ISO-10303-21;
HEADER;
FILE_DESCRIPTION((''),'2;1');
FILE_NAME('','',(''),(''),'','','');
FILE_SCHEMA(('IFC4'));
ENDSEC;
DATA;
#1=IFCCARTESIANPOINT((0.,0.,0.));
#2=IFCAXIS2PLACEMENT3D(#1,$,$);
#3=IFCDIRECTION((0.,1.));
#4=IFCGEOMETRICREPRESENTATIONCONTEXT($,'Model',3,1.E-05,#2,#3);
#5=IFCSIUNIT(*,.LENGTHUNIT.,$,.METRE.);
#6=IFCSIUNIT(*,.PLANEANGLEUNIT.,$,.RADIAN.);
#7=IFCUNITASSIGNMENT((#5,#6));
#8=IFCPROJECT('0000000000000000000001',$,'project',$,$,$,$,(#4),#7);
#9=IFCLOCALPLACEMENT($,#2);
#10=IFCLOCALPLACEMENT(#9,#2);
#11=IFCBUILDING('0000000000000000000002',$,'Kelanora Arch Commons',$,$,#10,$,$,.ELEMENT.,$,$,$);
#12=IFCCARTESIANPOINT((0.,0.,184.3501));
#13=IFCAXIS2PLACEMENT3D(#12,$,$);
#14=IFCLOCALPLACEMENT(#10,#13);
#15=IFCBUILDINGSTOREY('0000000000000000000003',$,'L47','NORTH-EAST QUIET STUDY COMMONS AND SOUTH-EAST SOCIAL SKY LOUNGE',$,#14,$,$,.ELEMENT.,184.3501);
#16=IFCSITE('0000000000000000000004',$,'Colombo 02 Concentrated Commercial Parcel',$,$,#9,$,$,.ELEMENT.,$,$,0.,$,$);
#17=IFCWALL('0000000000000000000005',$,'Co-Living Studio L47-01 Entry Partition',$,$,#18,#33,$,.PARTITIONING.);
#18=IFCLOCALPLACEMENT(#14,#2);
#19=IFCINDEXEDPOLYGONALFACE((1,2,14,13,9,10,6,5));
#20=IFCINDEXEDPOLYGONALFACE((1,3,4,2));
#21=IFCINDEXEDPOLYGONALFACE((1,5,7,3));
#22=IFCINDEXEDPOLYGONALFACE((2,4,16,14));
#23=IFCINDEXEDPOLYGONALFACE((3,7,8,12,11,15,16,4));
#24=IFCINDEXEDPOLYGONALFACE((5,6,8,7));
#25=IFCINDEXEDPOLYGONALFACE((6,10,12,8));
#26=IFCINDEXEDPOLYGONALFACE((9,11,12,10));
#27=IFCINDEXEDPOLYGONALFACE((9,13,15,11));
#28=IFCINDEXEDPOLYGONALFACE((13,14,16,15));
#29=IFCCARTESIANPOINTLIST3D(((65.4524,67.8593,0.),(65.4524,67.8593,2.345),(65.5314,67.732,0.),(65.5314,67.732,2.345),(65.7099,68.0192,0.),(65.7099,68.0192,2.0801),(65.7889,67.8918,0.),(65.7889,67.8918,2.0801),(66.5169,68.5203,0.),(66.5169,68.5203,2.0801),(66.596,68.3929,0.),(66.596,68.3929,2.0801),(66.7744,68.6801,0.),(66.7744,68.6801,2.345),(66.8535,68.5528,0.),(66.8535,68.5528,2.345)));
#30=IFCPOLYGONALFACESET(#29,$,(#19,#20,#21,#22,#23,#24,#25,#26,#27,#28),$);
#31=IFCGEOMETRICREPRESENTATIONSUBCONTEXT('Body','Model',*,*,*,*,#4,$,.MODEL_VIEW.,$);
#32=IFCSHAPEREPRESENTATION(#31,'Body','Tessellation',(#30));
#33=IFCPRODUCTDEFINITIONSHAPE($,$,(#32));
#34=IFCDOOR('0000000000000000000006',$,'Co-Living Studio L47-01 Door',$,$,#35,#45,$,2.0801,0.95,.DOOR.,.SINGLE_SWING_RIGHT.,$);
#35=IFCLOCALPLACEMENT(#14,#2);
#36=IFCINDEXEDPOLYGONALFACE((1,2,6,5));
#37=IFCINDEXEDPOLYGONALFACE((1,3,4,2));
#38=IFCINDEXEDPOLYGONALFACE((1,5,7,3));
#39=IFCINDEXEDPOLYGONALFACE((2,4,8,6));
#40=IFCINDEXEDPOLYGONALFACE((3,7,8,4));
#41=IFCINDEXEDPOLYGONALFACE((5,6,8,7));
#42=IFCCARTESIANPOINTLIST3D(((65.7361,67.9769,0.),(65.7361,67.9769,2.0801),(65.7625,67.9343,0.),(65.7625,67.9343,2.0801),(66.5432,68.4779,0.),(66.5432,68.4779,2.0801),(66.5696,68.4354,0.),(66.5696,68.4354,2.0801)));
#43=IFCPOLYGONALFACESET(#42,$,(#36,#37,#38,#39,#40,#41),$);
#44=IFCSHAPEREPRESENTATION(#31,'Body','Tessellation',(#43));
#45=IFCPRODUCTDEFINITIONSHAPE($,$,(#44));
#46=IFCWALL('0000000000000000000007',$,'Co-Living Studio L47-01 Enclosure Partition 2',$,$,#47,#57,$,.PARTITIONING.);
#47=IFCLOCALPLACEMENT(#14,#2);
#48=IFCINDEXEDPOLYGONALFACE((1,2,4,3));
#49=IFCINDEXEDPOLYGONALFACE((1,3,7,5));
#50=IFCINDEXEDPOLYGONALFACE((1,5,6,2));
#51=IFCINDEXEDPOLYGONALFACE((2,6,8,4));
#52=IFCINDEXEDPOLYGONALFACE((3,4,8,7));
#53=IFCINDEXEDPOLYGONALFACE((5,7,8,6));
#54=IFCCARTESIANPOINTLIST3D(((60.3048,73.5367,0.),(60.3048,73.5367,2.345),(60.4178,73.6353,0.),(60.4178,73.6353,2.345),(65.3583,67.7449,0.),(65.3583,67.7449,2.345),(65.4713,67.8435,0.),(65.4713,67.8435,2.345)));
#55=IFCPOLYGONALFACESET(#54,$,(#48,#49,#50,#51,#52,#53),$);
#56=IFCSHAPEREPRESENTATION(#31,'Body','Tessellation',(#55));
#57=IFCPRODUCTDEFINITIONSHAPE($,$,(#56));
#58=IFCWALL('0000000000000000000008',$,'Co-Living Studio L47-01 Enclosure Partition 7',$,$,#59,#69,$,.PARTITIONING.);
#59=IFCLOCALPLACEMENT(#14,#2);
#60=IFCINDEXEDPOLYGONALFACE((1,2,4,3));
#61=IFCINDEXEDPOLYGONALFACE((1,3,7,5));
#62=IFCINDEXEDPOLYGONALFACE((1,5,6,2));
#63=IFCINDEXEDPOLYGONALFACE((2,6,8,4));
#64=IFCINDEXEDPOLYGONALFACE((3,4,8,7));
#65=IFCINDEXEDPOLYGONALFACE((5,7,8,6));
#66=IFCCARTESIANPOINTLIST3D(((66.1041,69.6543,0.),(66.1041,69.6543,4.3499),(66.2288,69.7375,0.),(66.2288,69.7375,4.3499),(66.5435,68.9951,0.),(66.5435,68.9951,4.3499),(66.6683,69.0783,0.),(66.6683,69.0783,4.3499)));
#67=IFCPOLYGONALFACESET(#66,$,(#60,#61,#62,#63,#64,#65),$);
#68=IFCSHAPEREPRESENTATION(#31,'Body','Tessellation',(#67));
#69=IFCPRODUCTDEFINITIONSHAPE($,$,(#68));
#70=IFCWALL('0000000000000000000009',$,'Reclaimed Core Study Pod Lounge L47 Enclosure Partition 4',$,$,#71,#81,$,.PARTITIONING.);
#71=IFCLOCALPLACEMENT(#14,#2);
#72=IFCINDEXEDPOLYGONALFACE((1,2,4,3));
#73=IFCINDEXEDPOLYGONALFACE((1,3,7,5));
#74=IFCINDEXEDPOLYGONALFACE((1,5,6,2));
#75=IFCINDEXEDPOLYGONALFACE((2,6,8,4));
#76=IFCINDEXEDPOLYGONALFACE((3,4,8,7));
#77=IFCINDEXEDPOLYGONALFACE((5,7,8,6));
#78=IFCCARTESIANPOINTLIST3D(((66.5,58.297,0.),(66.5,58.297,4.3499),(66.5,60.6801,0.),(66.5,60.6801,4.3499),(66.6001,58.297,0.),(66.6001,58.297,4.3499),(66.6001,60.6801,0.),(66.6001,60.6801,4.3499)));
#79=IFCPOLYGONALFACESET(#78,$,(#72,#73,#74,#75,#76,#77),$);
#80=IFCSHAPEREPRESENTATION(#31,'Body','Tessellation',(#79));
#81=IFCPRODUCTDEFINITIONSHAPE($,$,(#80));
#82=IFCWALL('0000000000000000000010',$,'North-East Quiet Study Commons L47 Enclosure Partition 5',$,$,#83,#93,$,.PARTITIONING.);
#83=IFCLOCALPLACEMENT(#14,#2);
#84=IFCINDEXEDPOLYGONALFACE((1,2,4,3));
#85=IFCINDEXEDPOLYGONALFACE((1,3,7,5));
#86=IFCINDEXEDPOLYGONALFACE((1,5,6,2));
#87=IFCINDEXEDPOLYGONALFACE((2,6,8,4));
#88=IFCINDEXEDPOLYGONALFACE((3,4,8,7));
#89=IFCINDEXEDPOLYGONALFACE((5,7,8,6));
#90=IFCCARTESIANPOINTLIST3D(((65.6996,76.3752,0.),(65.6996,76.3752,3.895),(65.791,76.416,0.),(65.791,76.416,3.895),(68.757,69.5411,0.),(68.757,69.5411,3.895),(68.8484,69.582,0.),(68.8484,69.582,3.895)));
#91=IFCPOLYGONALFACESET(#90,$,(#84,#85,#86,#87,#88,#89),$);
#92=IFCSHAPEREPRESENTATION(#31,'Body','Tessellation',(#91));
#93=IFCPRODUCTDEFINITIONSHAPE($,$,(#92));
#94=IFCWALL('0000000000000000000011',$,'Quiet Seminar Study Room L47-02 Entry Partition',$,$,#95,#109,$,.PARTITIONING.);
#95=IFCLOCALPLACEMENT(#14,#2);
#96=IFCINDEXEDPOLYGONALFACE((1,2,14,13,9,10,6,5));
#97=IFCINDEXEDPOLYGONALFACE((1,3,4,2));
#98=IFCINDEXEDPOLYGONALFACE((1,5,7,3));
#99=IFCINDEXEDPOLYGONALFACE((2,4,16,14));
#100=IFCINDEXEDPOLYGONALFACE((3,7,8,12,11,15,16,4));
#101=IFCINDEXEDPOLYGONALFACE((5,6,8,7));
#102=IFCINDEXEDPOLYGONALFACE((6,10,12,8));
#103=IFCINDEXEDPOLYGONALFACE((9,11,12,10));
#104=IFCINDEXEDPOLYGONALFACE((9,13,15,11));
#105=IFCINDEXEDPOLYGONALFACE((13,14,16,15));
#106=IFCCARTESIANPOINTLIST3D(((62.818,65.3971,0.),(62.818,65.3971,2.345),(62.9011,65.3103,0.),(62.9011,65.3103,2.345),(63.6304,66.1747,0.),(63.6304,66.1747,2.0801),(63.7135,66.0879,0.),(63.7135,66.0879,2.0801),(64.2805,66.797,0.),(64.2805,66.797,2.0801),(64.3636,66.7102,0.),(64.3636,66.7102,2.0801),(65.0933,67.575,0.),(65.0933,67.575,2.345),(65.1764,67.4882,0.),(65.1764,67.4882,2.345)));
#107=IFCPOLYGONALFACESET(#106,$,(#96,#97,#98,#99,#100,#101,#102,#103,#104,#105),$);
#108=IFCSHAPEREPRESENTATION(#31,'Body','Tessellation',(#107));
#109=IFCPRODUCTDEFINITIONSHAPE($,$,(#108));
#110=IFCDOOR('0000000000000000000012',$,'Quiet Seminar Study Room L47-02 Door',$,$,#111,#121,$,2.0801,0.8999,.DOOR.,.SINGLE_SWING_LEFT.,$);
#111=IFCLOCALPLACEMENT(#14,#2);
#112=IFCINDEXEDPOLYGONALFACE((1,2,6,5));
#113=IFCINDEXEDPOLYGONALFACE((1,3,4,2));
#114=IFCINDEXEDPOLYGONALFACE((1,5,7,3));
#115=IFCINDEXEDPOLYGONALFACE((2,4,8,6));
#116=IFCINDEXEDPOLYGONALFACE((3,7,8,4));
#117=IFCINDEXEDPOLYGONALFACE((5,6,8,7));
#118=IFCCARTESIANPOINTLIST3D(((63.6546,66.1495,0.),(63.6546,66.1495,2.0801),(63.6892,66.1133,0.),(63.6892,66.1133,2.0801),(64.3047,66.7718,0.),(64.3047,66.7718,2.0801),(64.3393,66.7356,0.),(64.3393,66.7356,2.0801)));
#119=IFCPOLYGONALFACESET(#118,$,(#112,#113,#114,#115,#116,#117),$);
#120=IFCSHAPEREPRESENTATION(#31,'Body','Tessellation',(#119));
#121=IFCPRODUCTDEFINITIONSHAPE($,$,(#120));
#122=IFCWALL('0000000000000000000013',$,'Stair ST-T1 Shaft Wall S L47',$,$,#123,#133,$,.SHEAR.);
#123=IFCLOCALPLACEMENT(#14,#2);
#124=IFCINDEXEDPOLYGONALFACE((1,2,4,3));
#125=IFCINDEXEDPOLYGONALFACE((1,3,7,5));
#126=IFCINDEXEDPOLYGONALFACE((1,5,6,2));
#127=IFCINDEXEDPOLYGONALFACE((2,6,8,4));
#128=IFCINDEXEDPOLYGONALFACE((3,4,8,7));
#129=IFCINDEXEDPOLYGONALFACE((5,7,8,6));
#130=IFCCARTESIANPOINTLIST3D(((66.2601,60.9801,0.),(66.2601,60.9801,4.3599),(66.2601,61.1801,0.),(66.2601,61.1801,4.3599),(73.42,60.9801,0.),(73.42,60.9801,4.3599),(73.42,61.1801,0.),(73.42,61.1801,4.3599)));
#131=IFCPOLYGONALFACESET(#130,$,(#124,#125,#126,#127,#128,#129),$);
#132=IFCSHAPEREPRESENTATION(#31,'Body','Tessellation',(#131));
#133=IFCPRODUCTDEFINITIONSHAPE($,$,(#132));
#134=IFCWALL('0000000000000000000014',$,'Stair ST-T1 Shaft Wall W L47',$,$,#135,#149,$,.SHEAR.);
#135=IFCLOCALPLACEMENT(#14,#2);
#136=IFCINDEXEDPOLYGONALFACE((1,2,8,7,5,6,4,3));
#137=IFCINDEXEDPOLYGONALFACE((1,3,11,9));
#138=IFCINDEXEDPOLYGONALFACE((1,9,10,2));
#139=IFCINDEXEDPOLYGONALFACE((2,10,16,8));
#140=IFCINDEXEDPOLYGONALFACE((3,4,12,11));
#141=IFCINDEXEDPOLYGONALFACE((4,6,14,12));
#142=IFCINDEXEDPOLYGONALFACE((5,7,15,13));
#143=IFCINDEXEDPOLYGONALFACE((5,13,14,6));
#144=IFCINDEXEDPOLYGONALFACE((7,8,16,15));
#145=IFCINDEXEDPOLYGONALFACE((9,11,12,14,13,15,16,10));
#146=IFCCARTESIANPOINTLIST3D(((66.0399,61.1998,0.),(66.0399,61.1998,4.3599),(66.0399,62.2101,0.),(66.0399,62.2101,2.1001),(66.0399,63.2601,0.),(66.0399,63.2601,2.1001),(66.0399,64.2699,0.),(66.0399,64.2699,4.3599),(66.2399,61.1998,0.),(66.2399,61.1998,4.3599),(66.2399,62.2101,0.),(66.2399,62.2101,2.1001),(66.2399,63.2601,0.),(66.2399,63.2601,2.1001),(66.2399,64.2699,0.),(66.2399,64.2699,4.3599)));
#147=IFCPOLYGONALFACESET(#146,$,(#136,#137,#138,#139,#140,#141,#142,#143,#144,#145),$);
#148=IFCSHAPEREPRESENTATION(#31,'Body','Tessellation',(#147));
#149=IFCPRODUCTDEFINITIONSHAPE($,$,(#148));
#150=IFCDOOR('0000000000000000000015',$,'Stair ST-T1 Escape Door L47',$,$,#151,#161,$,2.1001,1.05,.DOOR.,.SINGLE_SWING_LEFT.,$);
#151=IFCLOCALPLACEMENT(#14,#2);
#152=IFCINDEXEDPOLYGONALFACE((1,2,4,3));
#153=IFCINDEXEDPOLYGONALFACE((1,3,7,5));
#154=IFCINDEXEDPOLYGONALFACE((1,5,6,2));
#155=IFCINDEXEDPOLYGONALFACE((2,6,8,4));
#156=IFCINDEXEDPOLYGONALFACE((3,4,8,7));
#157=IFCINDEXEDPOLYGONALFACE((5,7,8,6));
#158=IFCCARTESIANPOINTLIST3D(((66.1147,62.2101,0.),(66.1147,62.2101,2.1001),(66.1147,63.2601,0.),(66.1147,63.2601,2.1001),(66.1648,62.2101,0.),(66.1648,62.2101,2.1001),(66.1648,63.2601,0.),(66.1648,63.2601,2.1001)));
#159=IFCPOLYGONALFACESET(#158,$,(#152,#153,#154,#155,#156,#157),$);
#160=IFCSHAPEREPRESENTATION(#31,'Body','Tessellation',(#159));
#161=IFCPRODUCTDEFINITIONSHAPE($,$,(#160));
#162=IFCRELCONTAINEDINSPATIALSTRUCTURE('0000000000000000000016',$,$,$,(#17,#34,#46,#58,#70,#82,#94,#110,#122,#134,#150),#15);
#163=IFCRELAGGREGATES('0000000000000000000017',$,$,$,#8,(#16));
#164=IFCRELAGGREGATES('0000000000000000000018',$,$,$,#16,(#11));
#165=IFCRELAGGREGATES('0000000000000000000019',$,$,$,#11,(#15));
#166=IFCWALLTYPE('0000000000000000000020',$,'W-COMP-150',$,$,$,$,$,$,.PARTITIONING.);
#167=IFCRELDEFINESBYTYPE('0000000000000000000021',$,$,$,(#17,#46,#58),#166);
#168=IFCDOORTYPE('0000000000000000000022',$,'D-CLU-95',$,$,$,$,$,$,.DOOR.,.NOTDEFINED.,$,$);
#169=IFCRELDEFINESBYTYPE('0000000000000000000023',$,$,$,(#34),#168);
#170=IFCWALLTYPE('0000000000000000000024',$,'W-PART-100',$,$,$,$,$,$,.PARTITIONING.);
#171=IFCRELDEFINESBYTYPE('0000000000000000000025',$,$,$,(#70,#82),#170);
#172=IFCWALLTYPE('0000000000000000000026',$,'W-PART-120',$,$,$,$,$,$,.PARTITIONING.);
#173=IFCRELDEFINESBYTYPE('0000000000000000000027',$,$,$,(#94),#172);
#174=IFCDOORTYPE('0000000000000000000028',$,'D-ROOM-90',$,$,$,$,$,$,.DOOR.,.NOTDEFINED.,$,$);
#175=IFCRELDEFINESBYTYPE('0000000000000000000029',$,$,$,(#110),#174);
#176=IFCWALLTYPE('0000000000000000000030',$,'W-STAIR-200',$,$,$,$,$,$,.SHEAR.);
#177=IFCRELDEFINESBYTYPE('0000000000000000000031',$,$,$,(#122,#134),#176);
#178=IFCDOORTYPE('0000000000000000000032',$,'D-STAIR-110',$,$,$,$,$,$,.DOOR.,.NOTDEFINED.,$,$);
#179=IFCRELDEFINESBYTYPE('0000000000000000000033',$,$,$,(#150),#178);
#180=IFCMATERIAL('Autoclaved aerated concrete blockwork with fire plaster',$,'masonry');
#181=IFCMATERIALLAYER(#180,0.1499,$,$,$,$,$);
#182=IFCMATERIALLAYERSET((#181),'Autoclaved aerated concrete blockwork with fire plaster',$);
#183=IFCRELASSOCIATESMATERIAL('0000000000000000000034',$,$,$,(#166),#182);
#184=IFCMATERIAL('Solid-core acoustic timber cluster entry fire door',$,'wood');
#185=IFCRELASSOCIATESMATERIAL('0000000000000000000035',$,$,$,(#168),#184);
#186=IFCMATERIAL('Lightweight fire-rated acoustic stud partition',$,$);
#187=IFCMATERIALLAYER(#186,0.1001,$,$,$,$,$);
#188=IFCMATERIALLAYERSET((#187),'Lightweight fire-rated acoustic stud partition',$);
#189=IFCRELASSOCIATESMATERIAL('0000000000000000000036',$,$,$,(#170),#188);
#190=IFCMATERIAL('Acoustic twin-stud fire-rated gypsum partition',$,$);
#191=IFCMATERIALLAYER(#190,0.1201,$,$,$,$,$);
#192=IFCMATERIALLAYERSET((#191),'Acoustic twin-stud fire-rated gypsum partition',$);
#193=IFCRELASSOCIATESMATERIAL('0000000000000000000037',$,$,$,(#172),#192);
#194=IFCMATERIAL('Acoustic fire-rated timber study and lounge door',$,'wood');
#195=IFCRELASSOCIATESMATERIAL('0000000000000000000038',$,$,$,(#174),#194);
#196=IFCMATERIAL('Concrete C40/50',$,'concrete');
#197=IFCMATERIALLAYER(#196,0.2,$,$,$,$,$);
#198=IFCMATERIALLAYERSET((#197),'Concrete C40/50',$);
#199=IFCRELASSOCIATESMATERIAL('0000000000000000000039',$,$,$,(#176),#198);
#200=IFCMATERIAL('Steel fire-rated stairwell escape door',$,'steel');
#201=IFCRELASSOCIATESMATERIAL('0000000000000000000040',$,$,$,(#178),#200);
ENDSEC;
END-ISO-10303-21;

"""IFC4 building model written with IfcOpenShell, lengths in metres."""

from ifc_helpers import new_model, si_unit, direction, frame, frame_2d, origin, place, context, subcontext, project, spatial, rectangle, extrude, material, layer, layer_set, type_object, element, fill, save


model = new_model("IFC4")

# Units and contexts
model_context = context("Model", 3, precision=1e-05, world=origin(), true_north=direction((0.0, 1.0)))
body_context = subcontext(model_context, "Body", "Model", "MODEL_VIEW")
ifc_project = project(units=[si_unit("LENGTHUNIT", "METRE"), si_unit("PLANEANGLEUNIT", "RADIAN")], contexts=[model_context])

# Site, building, storey
site_placement = place(None, origin())
site = spatial("IfcSite", under=ifc_project, at=site_placement, Name="Colombo 02 Concentrated Commercial Parcel", CompositionType="ELEMENT", RefElevation=0.0)
building_placement = place(site_placement, origin())
building = spatial("IfcBuilding", under=site, at=building_placement, Name="Kelanora Arch Commons", CompositionType="ELEMENT")
storey_placement = place(building_placement, frame((0.0, 0.0, 184.3501)))
storey = spatial("IfcBuildingStorey", under=building, at=storey_placement, Name="L47", Description="NORTH-EAST QUIET STUDY COMMONS AND SOUTH-EAST SOCIAL SKY LOUNGE", CompositionType="ELEMENT", Elevation=184.3501)

# Wall, opening, door
ifc_material_1 = material(Name="Autoclaved aerated concrete blockwork with fire plaster", Category="masonry")
ifc_layer_1 = layer(ifc_material_1, 0.1499)
ifc_layer_set_1 = layer_set([ifc_layer_1], Name="Autoclaved aerated concrete blockwork with fire plaster")
wall_type_1 = type_object("IfcWallType", Name="W-COMP-150", PredefinedType="PARTITIONING", material=ifc_layer_set_1)
wall_1_placement = place(storey_placement, frame((66.814, 68.6165, 0.0), z_axis=(0.0, 0.0, 1.0), x_axis=(-0.849572, -0.527472, 0.0)))
wall_1 = element("IfcWall", 1, at=wall_1_placement, inside=storey, type_object=wall_type_1, Name="Co-Living Studio L47-01 Entry Partition", PredefinedType="PARTITIONING", context=body_context, shape_type="SweptSolid", body=[
    extrude(rectangle(XDim=1.5562, YDim=0.1499, at=frame_2d((0.7781, 0.0))), origin(), (0.0, 0.0, 1.0), 2.345),
])
opening_1_placement = place(wall_1_placement, frame((0.303, 0.0, 0.0)))
opening_1 = element("IfcOpeningElement", 2, at=opening_1_placement, cuts=wall_1, PredefinedType="OPENING", context=body_context, shape_type="SweptSolid", body=[
    extrude(rectangle(XDim=0.95, YDim=2.0801, at=frame_2d((0.4751, 1.04))), frame((0.0, 0.085, 0.0), z_axis=(0.0, -1.0, 0.0), x_axis=(1.0, 0.0, 0.0)), (0.0, 0.0, 1.0), 0.1699),
])
ifc_material_2 = material(Name="Solid-core acoustic timber cluster entry fire door", Category="wood")
door_type_1 = type_object("IfcDoorType", Name="D-CLU-95", OperationType="NOTDEFINED", PredefinedType="DOOR", material=ifc_material_2)
door_1_placement = place(opening_1_placement, origin())
door_1 = element("IfcDoor", 3, at=door_1_placement, inside=storey, type_object=door_type_1, Name="Co-Living Studio L47-01 Door", OperationType="SINGLE_SWING_RIGHT", OverallHeight=2.0801, OverallWidth=0.95, PredefinedType="DOOR", context=body_context, shape_type="SweptSolid", body=[
    extrude(rectangle(XDim=0.95, YDim=2.0801, at=frame_2d((0.4751, 1.04))), frame((0.0, 0.0249, 0.0), z_axis=(0.0, -1.0, 0.0), x_axis=(1.0, 0.0, 0.0)), (0.0, 0.0, 1.0), 0.05),
])
fill(opening_1, door_1)

# Walls
wall_2_placement = place(storey_placement, frame((65.4148, 67.7942, 0.0), z_axis=(0.0, 0.0, 1.0), x_axis=(-0.657449, 0.753499, 0.0)))
element("IfcWall", 4, at=wall_2_placement, inside=storey, type_object=wall_type_1, Name="Co-Living Studio L47-01 Enclosure Partition 2", PredefinedType="PARTITIONING", context=body_context, shape_type="SweptSolid", body=[
    extrude(rectangle(XDim=7.6865, YDim=0.1499, at=frame_2d((3.8433, 0.0))), origin(), (0.0, 0.0, 1.0), 2.345),
])
wall_3_placement = place(storey_placement, frame((66.1665, 69.6958, 0.0), z_axis=(0.0, 0.0, 1.0), x_axis=(0.5547, -0.83205, 0.0)))
element("IfcWall", 5, at=wall_3_placement, inside=storey, type_object=wall_type_1, Name="Co-Living Studio L47-01 Enclosure Partition 7", PredefinedType="PARTITIONING", context=body_context, shape_type="SweptSolid", body=[
    extrude(rectangle(XDim=0.7922, YDim=0.1499, at=frame_2d((0.396, 0.0))), origin(), (0.0, 0.0, 1.0), 4.3499),
])
ifc_material_3 = material(Name="Lightweight fire-rated acoustic stud partition")
ifc_layer_2 = layer(ifc_material_3, 0.1001)
ifc_layer_set_2 = layer_set([ifc_layer_2], Name="Lightweight fire-rated acoustic stud partition")
wall_type_2 = type_object("IfcWallType", Name="W-PART-100", PredefinedType="PARTITIONING", material=ifc_layer_set_2)
wall_4_placement = place(storey_placement, frame((66.55, 60.6799, 0.0), z_axis=(0.0, 0.0, 1.0), x_axis=(0.0, -1.0, 0.0)))
element("IfcWall", 6, at=wall_4_placement, inside=storey, type_object=wall_type_2, Name="Reclaimed Core Study Pod Lounge L47 Enclosure Partition 4", PredefinedType="PARTITIONING", context=body_context, shape_type="SweptSolid", body=[
    extrude(rectangle(XDim=2.3831, YDim=0.1001, at=frame_2d((1.1914, 0.0))), origin(), (0.0, 0.0, 1.0), 4.3499),
])
wall_5_placement = place(storey_placement, frame((68.8027, 69.5615, 0.0), z_axis=(0.0, 0.0, 1.0), x_axis=(-0.408373, 0.912815, 0.0)))
element("IfcWall", 7, at=wall_5_placement, inside=storey, type_object=wall_type_2, Name="North-East Quiet Study Commons L47 Enclosure Partition 5", PredefinedType="PARTITIONING", context=body_context, shape_type="SweptSolid", body=[
    extrude(rectangle(XDim=7.4868, YDim=0.1001, at=frame_2d((3.7434, 0.0))), origin(), (0.0, 0.0, 1.0), 3.895),
])

# Wall, opening, door
ifc_material_4 = material(Name="Acoustic twin-stud fire-rated gypsum partition")
ifc_layer_3 = layer(ifc_material_4, 0.1201)
ifc_layer_set_3 = layer_set([ifc_layer_3], Name="Acoustic twin-stud fire-rated gypsum partition")
wall_type_3 = type_object("IfcWallType", Name="W-PART-120", PredefinedType="PARTITIONING", material=ifc_layer_set_3)
wall_6_placement = place(storey_placement, frame((65.1348, 67.5315, 0.0), z_axis=(0.0, 0.0, 1.0), x_axis=(-0.722401, -0.691474, 0.0)))
wall_6 = element("IfcWall", 8, at=wall_6_placement, inside=storey, type_object=wall_type_3, Name="Quiet Seminar Study Room L47-02 Entry Partition", PredefinedType="PARTITIONING", context=body_context, shape_type="SweptSolid", body=[
    extrude(rectangle(XDim=3.1497, YDim=0.1201, at=frame_2d((1.5747, 0.0))), origin(), (0.0, 0.0, 1.0), 2.345),
])
opening_2_placement = place(wall_6_placement, frame((1.125, 0.0, 0.0)))
opening_2 = element("IfcOpeningElement", 9, at=opening_2_placement, cuts=wall_6, PredefinedType="OPENING", context=body_context, shape_type="SweptSolid", body=[
    extrude(rectangle(XDim=0.8999, YDim=2.0801, at=frame_2d((0.45, 1.04))), frame((0.0, 0.0701, 0.0), z_axis=(0.0, -1.0, 0.0), x_axis=(1.0, 0.0, 0.0)), (0.0, 0.0, 1.0), 0.1401),
])
ifc_material_5 = material(Name="Acoustic fire-rated timber study and lounge door", Category="wood")
door_type_2 = type_object("IfcDoorType", Name="D-ROOM-90", OperationType="NOTDEFINED", PredefinedType="DOOR", material=ifc_material_5)
door_2_placement = place(opening_2_placement, origin())
door_2 = element("IfcDoor", 10, at=door_2_placement, inside=storey, type_object=door_type_2, Name="Quiet Seminar Study Room L47-02 Door", OperationType="SINGLE_SWING_LEFT", OverallHeight=2.0801, OverallWidth=0.8999, PredefinedType="DOOR", context=body_context, shape_type="SweptSolid", body=[
    extrude(rectangle(XDim=0.8999, YDim=2.0801, at=frame_2d((0.45, 1.04))), frame((0.0, 0.0249, 0.0), z_axis=(0.0, -1.0, 0.0), x_axis=(1.0, 0.0, 0.0)), (0.0, 0.0, 1.0), 0.05),
])
fill(opening_2, door_2)

# Wall
ifc_material_6 = material(Name="Concrete C40/50", Category="concrete")
ifc_layer_4 = layer(ifc_material_6, 0.2)
ifc_layer_set_4 = layer_set([ifc_layer_4], Name="Concrete C40/50")
wall_type_4 = type_object("IfcWallType", Name="W-STAIR-200", PredefinedType="SHEAR", material=ifc_layer_set_4)
wall_7_placement = place(storey_placement, frame((66.26, 61.0801, 0.0), z_axis=(0.0, 0.0, 1.0), x_axis=(1.0, 0.0, 0.0)))
element("IfcWall", 11, at=wall_7_placement, inside=storey, type_object=wall_type_4, Name="Stair ST-T1 Shaft Wall S L47", PredefinedType="SHEAR", context=body_context, shape_type="SweptSolid", body=[
    extrude(rectangle(XDim=7.1599, YDim=0.2, at=frame_2d((3.5801, 0.0))), origin(), (0.0, 0.0, 1.0), 4.3599),
])

# Wall, opening, door
wall_8_placement = place(storey_placement, frame((66.1399, 64.27, 0.0), z_axis=(0.0, 0.0, 1.0), x_axis=(0.0, -1.0, 0.0)))
wall_8 = element("IfcWall", 12, at=wall_8_placement, inside=storey, type_object=wall_type_4, Name="Stair ST-T1 Shaft Wall W L47", PredefinedType="SHEAR", context=body_context, shape_type="SweptSolid", body=[
    extrude(rectangle(XDim=3.0701, YDim=0.2, at=frame_2d((1.5352, 0.0))), origin(), (0.0, 0.0, 1.0), 4.3599),
])
opening_3_placement = place(wall_8_placement, frame((1.01, 0.0, 0.0)))
opening_3 = element("IfcOpeningElement", 13, at=opening_3_placement, cuts=wall_8, PredefinedType="OPENING", context=body_context, shape_type="SweptSolid", body=[
    extrude(rectangle(XDim=1.05, YDim=2.1001, at=frame_2d((0.5249, 1.05))), frame((0.0, 0.1099, 0.0), z_axis=(0.0, -1.0, 0.0), x_axis=(1.0, 0.0, 0.0)), (0.0, 0.0, 1.0), 0.22),
])
ifc_material_7 = material(Name="Steel fire-rated stairwell escape door", Category="steel")
door_type_3 = type_object("IfcDoorType", Name="D-STAIR-110", OperationType="NOTDEFINED", PredefinedType="DOOR", material=ifc_material_7)
door_3_placement = place(opening_3_placement, origin())
door_3 = element("IfcDoor", 14, at=door_3_placement, inside=storey, type_object=door_type_3, Name="Stair ST-T1 Escape Door L47", OperationType="SINGLE_SWING_LEFT", OverallHeight=2.1001, OverallWidth=1.05, PredefinedType="DOOR", context=body_context, shape_type="SweptSolid", body=[
    extrude(rectangle(XDim=1.05, YDim=2.1001, at=frame_2d((0.5249, 1.05))), frame((0.0, 0.0249, 0.0), z_axis=(0.0, -1.0, 0.0), x_axis=(1.0, 0.0, 0.0)), (0.0, 0.0, 1.0), 0.05),
])
fill(opening_3, door_3)

save(model, "model.ifc")
